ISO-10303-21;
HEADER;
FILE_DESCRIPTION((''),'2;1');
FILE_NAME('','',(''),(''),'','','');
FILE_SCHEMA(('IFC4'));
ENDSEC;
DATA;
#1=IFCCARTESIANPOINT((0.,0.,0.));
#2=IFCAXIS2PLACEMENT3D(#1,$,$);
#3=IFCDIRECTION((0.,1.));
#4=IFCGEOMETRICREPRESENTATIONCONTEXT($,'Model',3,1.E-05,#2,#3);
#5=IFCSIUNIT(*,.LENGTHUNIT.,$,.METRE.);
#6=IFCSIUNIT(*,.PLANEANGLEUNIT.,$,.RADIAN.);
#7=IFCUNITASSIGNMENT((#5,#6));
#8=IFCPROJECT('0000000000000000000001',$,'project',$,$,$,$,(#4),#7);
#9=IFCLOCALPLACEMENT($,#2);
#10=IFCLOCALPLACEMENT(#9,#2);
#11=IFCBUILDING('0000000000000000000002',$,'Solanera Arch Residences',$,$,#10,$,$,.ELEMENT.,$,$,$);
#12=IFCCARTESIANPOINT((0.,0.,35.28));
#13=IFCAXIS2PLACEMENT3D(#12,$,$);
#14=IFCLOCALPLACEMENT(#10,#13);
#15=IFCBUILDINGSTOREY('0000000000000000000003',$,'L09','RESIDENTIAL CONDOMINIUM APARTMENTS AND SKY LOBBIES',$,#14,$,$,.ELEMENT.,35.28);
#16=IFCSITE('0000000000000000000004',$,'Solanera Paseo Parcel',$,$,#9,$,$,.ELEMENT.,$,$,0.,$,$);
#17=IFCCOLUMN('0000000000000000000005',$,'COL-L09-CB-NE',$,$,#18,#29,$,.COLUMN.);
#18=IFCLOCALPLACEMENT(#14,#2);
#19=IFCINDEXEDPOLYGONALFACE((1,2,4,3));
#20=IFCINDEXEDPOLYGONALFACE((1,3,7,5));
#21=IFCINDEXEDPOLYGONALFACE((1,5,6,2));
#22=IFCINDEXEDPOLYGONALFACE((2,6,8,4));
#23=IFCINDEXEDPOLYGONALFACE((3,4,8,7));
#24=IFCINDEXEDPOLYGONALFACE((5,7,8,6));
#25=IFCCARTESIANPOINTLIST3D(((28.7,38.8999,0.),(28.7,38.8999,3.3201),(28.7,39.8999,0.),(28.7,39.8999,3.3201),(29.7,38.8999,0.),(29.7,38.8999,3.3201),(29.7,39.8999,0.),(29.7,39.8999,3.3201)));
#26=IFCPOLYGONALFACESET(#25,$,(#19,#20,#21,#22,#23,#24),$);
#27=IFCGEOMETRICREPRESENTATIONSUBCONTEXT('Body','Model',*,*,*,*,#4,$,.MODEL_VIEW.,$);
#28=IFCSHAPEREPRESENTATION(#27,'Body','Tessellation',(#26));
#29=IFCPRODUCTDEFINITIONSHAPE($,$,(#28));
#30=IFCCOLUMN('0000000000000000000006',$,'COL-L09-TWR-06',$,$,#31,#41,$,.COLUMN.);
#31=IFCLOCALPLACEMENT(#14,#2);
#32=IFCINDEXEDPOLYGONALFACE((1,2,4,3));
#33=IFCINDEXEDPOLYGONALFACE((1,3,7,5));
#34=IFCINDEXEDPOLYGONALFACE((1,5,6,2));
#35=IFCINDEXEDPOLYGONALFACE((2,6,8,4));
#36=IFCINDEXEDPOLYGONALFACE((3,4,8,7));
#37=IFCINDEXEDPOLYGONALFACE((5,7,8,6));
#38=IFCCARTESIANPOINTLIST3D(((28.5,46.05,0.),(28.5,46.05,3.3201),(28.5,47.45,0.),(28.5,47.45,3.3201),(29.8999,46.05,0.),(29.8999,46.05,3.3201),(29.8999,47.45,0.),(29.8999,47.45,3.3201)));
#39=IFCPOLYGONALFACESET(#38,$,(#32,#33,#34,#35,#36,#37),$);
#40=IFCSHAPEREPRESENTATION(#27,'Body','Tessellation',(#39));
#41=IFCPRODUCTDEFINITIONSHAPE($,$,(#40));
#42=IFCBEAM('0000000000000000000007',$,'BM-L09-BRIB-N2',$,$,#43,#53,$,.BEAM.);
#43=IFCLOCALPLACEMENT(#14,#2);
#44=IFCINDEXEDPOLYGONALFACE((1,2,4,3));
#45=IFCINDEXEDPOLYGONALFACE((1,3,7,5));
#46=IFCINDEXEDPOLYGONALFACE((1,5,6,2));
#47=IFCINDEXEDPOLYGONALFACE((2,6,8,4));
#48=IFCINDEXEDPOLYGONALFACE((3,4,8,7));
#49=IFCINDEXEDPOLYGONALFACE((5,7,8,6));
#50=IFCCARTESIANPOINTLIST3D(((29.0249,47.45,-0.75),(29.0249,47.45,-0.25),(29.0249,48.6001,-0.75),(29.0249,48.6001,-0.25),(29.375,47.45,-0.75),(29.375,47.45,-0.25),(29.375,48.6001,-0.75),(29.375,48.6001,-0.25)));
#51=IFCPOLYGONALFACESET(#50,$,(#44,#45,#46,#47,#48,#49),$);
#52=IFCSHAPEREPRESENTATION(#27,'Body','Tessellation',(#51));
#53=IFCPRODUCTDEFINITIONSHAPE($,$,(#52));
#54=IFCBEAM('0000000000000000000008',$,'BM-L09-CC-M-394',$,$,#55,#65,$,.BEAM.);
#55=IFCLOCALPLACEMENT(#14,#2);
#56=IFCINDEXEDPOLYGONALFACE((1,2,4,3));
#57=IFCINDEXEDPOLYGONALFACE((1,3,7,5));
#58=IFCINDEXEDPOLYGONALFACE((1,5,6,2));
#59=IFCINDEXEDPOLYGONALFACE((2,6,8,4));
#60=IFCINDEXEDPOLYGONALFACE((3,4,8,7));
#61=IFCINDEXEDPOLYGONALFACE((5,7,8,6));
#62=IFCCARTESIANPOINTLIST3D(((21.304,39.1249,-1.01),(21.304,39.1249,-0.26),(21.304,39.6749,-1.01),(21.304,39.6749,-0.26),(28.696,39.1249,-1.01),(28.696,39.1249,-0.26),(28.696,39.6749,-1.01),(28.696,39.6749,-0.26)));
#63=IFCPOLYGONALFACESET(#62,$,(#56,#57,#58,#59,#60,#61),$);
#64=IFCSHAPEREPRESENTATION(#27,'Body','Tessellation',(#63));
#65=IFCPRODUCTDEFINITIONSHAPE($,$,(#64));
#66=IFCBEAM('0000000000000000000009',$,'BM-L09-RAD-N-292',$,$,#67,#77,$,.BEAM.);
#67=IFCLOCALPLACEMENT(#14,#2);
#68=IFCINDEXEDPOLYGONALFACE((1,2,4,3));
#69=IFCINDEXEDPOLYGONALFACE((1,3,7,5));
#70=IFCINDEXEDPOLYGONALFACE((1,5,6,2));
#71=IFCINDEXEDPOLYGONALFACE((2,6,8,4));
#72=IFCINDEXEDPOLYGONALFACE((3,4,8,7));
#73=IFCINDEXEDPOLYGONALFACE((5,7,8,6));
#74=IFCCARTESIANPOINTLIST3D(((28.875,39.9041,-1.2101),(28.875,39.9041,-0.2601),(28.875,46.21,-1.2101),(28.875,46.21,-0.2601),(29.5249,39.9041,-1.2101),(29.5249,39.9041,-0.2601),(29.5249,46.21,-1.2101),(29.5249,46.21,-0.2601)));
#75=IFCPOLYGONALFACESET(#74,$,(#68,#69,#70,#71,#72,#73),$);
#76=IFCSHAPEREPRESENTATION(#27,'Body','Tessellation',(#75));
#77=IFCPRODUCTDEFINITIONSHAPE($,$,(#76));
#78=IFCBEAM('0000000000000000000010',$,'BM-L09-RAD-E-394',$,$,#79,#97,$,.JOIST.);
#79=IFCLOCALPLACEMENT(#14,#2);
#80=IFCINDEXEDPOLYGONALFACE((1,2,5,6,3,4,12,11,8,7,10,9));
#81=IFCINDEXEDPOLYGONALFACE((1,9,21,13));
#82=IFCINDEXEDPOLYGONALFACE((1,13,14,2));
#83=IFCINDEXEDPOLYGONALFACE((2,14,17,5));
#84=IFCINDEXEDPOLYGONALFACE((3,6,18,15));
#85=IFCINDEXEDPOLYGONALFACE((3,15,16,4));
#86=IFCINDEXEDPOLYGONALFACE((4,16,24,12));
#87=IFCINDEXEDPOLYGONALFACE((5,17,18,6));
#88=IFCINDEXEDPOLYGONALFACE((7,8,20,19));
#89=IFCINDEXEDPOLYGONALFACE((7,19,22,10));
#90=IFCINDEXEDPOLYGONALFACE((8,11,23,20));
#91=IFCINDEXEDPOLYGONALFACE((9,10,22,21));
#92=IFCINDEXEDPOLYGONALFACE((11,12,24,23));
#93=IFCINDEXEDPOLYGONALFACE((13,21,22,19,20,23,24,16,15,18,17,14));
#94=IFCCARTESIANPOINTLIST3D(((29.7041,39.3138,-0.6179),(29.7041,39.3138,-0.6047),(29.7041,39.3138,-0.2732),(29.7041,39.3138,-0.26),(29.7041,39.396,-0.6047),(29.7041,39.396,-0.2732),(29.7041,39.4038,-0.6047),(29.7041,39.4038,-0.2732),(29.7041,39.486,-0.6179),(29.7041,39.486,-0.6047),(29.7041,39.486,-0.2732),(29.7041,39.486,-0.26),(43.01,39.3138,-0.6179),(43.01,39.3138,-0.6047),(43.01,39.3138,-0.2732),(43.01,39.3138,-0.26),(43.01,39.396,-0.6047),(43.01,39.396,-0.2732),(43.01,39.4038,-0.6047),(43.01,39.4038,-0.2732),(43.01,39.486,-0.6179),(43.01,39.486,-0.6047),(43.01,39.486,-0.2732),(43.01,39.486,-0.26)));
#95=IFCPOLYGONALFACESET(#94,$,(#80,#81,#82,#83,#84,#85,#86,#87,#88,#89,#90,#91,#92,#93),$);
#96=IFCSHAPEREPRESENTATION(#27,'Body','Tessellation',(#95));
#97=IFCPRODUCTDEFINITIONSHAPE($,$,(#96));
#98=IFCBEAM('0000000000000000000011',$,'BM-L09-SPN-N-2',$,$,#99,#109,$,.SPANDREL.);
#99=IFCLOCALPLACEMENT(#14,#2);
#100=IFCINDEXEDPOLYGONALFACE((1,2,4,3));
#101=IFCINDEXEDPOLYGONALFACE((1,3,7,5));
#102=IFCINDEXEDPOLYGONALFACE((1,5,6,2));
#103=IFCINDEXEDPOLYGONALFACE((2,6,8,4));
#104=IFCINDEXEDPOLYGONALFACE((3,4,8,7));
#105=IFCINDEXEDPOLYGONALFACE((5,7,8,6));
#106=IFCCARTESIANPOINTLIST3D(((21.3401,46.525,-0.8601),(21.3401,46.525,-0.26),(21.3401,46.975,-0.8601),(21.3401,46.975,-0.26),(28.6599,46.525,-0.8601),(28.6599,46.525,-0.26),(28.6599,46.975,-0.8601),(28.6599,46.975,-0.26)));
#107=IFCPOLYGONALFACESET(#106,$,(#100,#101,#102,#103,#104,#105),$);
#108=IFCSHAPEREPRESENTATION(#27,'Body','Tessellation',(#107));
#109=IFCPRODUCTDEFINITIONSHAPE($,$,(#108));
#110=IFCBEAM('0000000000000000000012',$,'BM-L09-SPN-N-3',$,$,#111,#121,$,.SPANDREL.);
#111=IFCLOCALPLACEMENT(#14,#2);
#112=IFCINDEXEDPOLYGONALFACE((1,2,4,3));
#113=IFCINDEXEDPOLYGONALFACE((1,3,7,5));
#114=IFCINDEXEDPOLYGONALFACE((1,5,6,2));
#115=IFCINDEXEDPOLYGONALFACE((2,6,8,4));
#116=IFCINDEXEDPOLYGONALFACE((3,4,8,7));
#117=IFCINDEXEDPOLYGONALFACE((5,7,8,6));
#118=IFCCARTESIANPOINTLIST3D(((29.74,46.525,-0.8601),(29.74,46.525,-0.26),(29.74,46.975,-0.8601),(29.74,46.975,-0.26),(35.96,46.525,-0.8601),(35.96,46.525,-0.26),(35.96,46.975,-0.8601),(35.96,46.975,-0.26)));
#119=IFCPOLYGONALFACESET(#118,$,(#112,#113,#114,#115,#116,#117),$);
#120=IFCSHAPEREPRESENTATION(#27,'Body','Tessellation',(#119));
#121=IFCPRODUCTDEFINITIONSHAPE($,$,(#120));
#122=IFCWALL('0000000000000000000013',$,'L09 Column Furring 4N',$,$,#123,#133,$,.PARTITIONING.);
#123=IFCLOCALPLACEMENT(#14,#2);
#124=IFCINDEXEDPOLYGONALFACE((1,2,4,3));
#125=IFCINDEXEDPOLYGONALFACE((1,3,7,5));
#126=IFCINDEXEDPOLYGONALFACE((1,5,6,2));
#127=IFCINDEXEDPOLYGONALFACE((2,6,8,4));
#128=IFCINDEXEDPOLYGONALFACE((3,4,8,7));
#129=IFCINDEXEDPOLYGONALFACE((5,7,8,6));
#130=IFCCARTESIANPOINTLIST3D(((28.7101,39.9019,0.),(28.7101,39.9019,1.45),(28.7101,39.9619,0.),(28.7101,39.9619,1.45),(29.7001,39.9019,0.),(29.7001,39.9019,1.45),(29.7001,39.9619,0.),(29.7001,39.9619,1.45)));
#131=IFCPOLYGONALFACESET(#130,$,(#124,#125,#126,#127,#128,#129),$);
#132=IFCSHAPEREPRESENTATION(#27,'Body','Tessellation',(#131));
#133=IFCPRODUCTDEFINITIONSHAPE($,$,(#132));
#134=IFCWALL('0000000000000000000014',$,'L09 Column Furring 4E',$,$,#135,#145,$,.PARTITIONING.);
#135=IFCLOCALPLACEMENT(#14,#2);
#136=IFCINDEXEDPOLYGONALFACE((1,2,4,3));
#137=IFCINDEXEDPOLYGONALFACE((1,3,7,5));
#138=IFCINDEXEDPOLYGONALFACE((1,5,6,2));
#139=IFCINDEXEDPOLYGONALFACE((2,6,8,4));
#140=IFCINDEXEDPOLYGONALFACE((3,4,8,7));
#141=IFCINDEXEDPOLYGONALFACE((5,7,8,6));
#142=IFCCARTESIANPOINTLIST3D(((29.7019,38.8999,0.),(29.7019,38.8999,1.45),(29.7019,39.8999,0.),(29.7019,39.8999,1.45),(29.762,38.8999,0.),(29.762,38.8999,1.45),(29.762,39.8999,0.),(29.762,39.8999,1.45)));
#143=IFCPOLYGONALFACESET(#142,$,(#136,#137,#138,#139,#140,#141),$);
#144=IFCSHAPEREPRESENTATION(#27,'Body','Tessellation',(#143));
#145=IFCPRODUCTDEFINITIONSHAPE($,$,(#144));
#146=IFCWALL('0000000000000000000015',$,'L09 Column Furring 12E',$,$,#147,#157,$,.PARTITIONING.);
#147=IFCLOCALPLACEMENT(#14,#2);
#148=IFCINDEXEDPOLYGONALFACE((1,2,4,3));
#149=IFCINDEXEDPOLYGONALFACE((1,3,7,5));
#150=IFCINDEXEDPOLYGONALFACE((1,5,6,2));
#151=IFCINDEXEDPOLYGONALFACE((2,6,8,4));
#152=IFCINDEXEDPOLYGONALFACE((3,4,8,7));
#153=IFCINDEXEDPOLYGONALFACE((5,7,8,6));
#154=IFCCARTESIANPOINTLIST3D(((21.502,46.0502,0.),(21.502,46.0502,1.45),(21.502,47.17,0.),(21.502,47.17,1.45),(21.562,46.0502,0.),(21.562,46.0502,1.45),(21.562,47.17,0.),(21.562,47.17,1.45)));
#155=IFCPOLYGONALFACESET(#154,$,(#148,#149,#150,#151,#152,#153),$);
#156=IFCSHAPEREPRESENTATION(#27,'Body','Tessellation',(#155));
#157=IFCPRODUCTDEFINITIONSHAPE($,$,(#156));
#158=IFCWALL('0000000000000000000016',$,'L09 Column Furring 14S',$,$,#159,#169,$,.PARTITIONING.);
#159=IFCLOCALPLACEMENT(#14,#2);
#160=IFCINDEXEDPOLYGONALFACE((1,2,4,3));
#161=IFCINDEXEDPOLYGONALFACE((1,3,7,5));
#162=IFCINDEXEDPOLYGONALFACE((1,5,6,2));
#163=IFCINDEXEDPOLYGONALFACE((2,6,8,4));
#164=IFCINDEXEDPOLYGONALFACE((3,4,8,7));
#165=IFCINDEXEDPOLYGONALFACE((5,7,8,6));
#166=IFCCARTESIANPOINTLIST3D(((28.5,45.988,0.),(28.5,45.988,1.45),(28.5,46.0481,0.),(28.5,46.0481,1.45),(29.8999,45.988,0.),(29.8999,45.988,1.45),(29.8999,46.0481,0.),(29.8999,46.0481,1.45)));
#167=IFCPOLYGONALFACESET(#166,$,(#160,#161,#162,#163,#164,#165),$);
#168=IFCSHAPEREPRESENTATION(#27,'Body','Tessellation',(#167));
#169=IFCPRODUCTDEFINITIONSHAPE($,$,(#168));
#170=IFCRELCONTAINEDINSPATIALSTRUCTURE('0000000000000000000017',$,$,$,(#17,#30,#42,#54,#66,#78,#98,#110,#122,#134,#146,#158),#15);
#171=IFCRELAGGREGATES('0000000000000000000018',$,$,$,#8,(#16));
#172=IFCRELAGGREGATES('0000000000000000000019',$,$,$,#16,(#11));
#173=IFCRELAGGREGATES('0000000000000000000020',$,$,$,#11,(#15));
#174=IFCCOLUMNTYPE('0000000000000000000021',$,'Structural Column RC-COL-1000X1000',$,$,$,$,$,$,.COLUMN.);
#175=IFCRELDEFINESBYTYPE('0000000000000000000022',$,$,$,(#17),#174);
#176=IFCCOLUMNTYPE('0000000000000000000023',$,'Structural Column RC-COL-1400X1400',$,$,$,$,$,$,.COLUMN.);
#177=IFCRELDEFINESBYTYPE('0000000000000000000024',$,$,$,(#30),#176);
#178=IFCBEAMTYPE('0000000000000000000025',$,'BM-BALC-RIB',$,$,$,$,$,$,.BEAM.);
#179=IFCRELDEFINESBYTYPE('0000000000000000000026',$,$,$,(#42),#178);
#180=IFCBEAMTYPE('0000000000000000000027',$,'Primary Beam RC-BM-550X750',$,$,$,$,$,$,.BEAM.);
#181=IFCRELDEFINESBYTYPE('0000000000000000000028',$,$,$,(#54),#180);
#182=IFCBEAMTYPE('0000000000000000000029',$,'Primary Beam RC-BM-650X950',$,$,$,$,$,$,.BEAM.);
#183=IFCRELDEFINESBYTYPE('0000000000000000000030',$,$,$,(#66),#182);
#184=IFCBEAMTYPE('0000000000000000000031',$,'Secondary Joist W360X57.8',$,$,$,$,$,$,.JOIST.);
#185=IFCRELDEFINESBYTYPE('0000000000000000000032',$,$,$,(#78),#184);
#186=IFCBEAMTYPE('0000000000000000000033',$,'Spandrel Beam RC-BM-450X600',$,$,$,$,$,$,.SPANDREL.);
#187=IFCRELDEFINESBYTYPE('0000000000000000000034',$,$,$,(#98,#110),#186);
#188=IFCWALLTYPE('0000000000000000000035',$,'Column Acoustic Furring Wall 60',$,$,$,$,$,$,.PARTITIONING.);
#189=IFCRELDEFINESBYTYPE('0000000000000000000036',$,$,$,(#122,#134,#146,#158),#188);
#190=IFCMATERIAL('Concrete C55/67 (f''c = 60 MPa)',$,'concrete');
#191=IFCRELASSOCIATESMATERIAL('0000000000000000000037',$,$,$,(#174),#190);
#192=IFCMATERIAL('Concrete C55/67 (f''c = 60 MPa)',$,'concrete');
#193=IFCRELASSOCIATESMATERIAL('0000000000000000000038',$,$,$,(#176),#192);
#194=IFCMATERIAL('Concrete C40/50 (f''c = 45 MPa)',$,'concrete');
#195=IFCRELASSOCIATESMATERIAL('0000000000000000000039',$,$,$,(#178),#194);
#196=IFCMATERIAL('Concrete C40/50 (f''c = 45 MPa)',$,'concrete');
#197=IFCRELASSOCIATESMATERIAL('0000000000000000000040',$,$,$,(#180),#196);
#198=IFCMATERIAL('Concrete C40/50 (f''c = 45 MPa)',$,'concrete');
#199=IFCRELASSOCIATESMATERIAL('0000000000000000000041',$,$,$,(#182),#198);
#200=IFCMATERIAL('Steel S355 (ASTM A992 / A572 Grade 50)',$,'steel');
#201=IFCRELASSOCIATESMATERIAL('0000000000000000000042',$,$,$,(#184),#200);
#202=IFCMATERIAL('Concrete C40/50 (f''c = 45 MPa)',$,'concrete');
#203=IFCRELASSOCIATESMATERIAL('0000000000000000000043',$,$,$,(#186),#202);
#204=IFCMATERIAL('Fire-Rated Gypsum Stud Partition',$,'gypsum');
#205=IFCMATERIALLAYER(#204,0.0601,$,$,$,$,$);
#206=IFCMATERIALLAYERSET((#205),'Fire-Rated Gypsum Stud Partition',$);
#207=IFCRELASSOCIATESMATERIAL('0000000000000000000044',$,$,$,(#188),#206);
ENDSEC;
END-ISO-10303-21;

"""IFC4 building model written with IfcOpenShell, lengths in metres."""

from ifc_helpers import new_model, si_unit, direction, frame, frame_2d, origin, origin_2d, place, context, subcontext, project, spatial, rectangle, i_section, extrude, material, layer, layer_set, material_profile, profile_set, type_object, element, save


model = new_model("IFC4")

# Units and contexts
model_context = context("Model", 3, precision=1e-05, world=origin(), true_north=direction((0.0, 1.0)))
body_context = subcontext(model_context, "Body", "Model", "MODEL_VIEW")
ifc_project = project(units=[si_unit("LENGTHUNIT", "METRE"), si_unit("PLANEANGLEUNIT", "RADIAN")], contexts=[model_context])

# Site, building, storey
site_placement = place(None, origin())
site = spatial("IfcSite", under=ifc_project, at=site_placement, Name="Solanera Paseo Parcel", CompositionType="ELEMENT", RefElevation=0.0)
building_placement = place(site_placement, origin())
building = spatial("IfcBuilding", under=site, at=building_placement, Name="Solanera Arch Residences", CompositionType="ELEMENT")
storey_placement = place(building_placement, frame((0.0, 0.0, 35.28)))
storey = spatial("IfcBuildingStorey", under=building, at=storey_placement, Name="L09", Description="RESIDENTIAL CONDOMINIUM APARTMENTS AND SKY LOBBIES", CompositionType="ELEMENT", Elevation=35.28)

# Columns
ifc_material_1 = material(Name="Concrete C55/67 (f'c = 60 MPa)", Category="concrete")
ifc_material_profile_1 = material_profile(ifc_material_1, rectangle(XDim=1.0, YDim=1.0, at=origin_2d()))
ifc_profile_set_1 = profile_set([ifc_material_profile_1], Name="Concrete C55/67 (f'c = 60 MPa)")
column_type_1 = type_object("IfcColumnType", Name="Structural Column RC-COL-1000X1000", PredefinedType="COLUMN", material=ifc_profile_set_1)
column_1_placement = place(storey_placement, frame((29.2, 39.3999, 0.0), z_axis=(0.0, 0.0, 1.0), x_axis=(1.0, 0.0, 0.0)))
element("IfcColumn", 1, at=column_1_placement, inside=storey, type_object=column_type_1, Name="COL-L09-CB-NE", PredefinedType="COLUMN", context=body_context, shape_type="SweptSolid", body=[
    extrude(rectangle(XDim=1.0, YDim=1.0, at=origin_2d()), origin(), (0.0, 0.0, 1.0), 3.3201),
])
ifc_material_2 = material(Name="Concrete C55/67 (f'c = 60 MPa)", Category="concrete")
ifc_material_profile_2 = material_profile(ifc_material_2, rectangle(XDim=1.3999, YDim=1.3999, at=origin_2d()))
ifc_profile_set_2 = profile_set([ifc_material_profile_2], Name="Concrete C55/67 (f'c = 60 MPa)")
column_type_2 = type_object("IfcColumnType", Name="Structural Column RC-COL-1400X1400", PredefinedType="COLUMN", material=ifc_profile_set_2)
column_2_placement = place(storey_placement, frame((29.2, 46.75, 0.0), z_axis=(0.0, 0.0, 1.0), x_axis=(1.0, 0.0, 0.0)))
element("IfcColumn", 2, at=column_2_placement, inside=storey, type_object=column_type_2, Name="COL-L09-TWR-06", PredefinedType="COLUMN", context=body_context, shape_type="SweptSolid", body=[
    extrude(rectangle(XDim=1.3999, YDim=1.3999, at=origin_2d()), origin(), (0.0, 0.0, 1.0), 3.3201),
])

# Beams
ifc_material_3 = material(Name="Concrete C40/50 (f'c = 45 MPa)", Category="concrete")
ifc_material_profile_3 = material_profile(ifc_material_3, rectangle(XDim=0.3501, YDim=0.5, at=origin_2d()))
ifc_profile_set_3 = profile_set([ifc_material_profile_3], Name="Concrete C40/50 (f'c = 45 MPa)")
beam_type_1 = type_object("IfcBeamType", Name="BM-BALC-RIB", PredefinedType="BEAM", material=ifc_profile_set_3)
beam_1_placement = place(storey_placement, frame((29.2, 47.45, -0.5), z_axis=(0.0, 1.0, 0.0), x_axis=(-1.0, 0.0, 0.0)))
element("IfcBeam", 3, at=beam_1_placement, inside=storey, type_object=beam_type_1, Name="BM-L09-BRIB-N2", PredefinedType="BEAM", context=body_context, shape_type="SweptSolid", body=[
    extrude(rectangle(XDim=0.3501, YDim=0.5, at=origin_2d()), origin(), (0.0, 0.0, 1.0), 1.1501),
])
ifc_material_4 = material(Name="Concrete C40/50 (f'c = 45 MPa)", Category="concrete")
ifc_material_profile_4 = material_profile(ifc_material_4, rectangle(XDim=0.55, YDim=0.75, at=origin_2d()))
ifc_profile_set_4 = profile_set([ifc_material_profile_4], Name="Concrete C40/50 (f'c = 45 MPa)")
beam_type_2 = type_object("IfcBeamType", Name="Primary Beam RC-BM-550X750", PredefinedType="BEAM", material=ifc_profile_set_4)
beam_2_placement = place(storey_placement, frame((21.304, 39.3999, -0.635), z_axis=(1.0, 0.0, 0.0), x_axis=(0.0, 1.0, 0.0)))
element("IfcBeam", 4, at=beam_2_placement, inside=storey, type_object=beam_type_2, Name="BM-L09-CC-M-394", PredefinedType="BEAM", context=body_context, shape_type="SweptSolid", body=[
    extrude(rectangle(XDim=0.55, YDim=0.75, at=origin_2d()), origin(), (0.0, 0.0, 1.0), 7.3921),
])
ifc_material_5 = material(Name="Concrete C40/50 (f'c = 45 MPa)", Category="concrete")
ifc_material_profile_5 = material_profile(ifc_material_5, rectangle(XDim=0.6499, YDim=0.95, at=origin_2d()))
ifc_profile_set_5 = profile_set([ifc_material_profile_5], Name="Concrete C40/50 (f'c = 45 MPa)")
beam_type_3 = type_object("IfcBeamType", Name="Primary Beam RC-BM-650X950", PredefinedType="BEAM", material=ifc_profile_set_5)
beam_3_placement = place(storey_placement, frame((29.2, 39.9041, -0.7351), z_axis=(0.0, 1.0, 0.0), x_axis=(-1.0, 0.0, 0.0)))
element("IfcBeam", 5, at=beam_3_placement, inside=storey, type_object=beam_type_3, Name="BM-L09-RAD-N-292", PredefinedType="BEAM", context=body_context, shape_type="SweptSolid", body=[
    extrude(rectangle(XDim=0.6499, YDim=0.95, at=origin_2d()), origin(), (0.0, 0.0, 1.0), 6.3059),
])
ifc_material_6 = material(Name="Steel S355 (ASTM A992 / A572 Grade 50)", Category="steel")
ifc_material_profile_6 = material_profile(ifc_material_6, i_section(OverallWidth=0.1721, OverallDepth=0.3579, WebThickness=0.0078, FlangeThickness=0.0132, at=origin_2d()))
ifc_profile_set_6 = profile_set([ifc_material_profile_6], Name="Steel S355 (ASTM A992 / A572 Grade 50)")
beam_type_4 = type_object("IfcBeamType", Name="Secondary Joist W360X57.8", PredefinedType="JOIST", material=ifc_profile_set_6)
beam_4_placement = place(storey_placement, frame((29.7041, 39.3999, -0.439), z_axis=(1.0, 0.0, 0.0), x_axis=(0.0, 1.0, 0.0)))
element("IfcBeam", 6, at=beam_4_placement, inside=storey, type_object=beam_type_4, Name="BM-L09-RAD-E-394", PredefinedType="JOIST", context=body_context, shape_type="SweptSolid", body=[
    extrude(i_section(OverallWidth=0.1721, OverallDepth=0.3579, WebThickness=0.0078, FlangeThickness=0.0132, at=origin_2d()), origin(), (0.0, 0.0, 1.0), 13.3059),
])
ifc_material_7 = material(Name="Concrete C40/50 (f'c = 45 MPa)", Category="concrete")
ifc_material_profile_7 = material_profile(ifc_material_7, rectangle(XDim=0.45, YDim=0.6001, at=origin_2d()))
ifc_profile_set_7 = profile_set([ifc_material_profile_7], Name="Concrete C40/50 (f'c = 45 MPa)")
beam_type_5 = type_object("IfcBeamType", Name="Spandrel Beam RC-BM-450X600", PredefinedType="SPANDREL", material=ifc_profile_set_7)
beam_5_placement = place(storey_placement, frame((21.3401, 46.75, -0.5601), z_axis=(1.0, 0.0, 0.0), x_axis=(0.0, 1.0, 0.0)))
element("IfcBeam", 7, at=beam_5_placement, inside=storey, type_object=beam_type_5, Name="BM-L09-SPN-N-2", PredefinedType="SPANDREL", context=body_context, shape_type="SweptSolid", body=[
    extrude(rectangle(XDim=0.45, YDim=0.6001, at=origin_2d()), origin(), (0.0, 0.0, 1.0), 7.3198),
])
beam_6_placement = place(storey_placement, frame((29.74, 46.75, -0.5601), z_axis=(1.0, 0.0, 0.0), x_axis=(0.0, 1.0, 0.0)))
element("IfcBeam", 8, at=beam_6_placement, inside=storey, type_object=beam_type_5, Name="BM-L09-SPN-N-3", PredefinedType="SPANDREL", context=body_context, shape_type="SweptSolid", body=[
    extrude(rectangle(XDim=0.45, YDim=0.6001, at=origin_2d()), origin(), (0.0, 0.0, 1.0), 6.22),
])

# Walls
ifc_material_8 = material(Name="Fire-Rated Gypsum Stud Partition", Category="gypsum")
ifc_layer_1 = layer(ifc_material_8, 0.0601)
ifc_layer_set_1 = layer_set([ifc_layer_1], Name="Fire-Rated Gypsum Stud Partition")
wall_type_1 = type_object("IfcWallType", Name="Column Acoustic Furring Wall 60", PredefinedType="PARTITIONING", material=ifc_layer_set_1)
wall_1_placement = place(storey_placement, frame((28.71, 39.9319, 0.0), z_axis=(0.0, 0.0, 1.0), x_axis=(1.0, 0.0, 0.0)))
element("IfcWall", 9, at=wall_1_placement, inside=storey, type_object=wall_type_1, Name="L09 Column Furring 4N", PredefinedType="PARTITIONING", context=body_context, shape_type="SweptSolid", body=[
    extrude(rectangle(XDim=0.99, YDim=0.0601, at=frame_2d((0.4951, 0.0))), origin(), (0.0, 0.0, 1.0), 1.45),
])
wall_2_placement = place(storey_placement, frame((29.7319, 38.8999, 0.0), z_axis=(0.0, 0.0, 1.0), x_axis=(0.0, 1.0, 0.0)))
element("IfcWall", 10, at=wall_2_placement, inside=storey, type_object=wall_type_1, Name="L09 Column Furring 4E", PredefinedType="PARTITIONING", context=body_context, shape_type="SweptSolid", body=[
    extrude(rectangle(XDim=1.0, YDim=0.0601, at=frame_2d((0.5, 0.0))), origin(), (0.0, 0.0, 1.0), 1.45),
])
wall_3_placement = place(storey_placement, frame((21.532, 46.05, 0.0), z_axis=(0.0, 0.0, 1.0), x_axis=(0.0, 1.0, 0.0)))
element("IfcWall", 11, at=wall_3_placement, inside=storey, type_object=wall_type_1, Name="L09 Column Furring 12E", PredefinedType="PARTITIONING", context=body_context, shape_type="SweptSolid", body=[
    extrude(rectangle(XDim=1.1199, YDim=0.0601, at=frame_2d((0.5601, 0.0))), origin(), (0.0, 0.0, 1.0), 1.45),
])
wall_4_placement = place(storey_placement, frame((28.5, 46.0181, 0.0), z_axis=(0.0, 0.0, 1.0), x_axis=(1.0, 0.0, 0.0)))
element("IfcWall", 12, at=wall_4_placement, inside=storey, type_object=wall_type_1, Name="L09 Column Furring 14S", PredefinedType="PARTITIONING", context=body_context, shape_type="SweptSolid", body=[
    extrude(rectangle(XDim=1.3999, YDim=0.0601, at=frame_2d((0.7, 0.0))), origin(), (0.0, 0.0, 1.0), 1.45),
])

save(model, "model.ifc")
